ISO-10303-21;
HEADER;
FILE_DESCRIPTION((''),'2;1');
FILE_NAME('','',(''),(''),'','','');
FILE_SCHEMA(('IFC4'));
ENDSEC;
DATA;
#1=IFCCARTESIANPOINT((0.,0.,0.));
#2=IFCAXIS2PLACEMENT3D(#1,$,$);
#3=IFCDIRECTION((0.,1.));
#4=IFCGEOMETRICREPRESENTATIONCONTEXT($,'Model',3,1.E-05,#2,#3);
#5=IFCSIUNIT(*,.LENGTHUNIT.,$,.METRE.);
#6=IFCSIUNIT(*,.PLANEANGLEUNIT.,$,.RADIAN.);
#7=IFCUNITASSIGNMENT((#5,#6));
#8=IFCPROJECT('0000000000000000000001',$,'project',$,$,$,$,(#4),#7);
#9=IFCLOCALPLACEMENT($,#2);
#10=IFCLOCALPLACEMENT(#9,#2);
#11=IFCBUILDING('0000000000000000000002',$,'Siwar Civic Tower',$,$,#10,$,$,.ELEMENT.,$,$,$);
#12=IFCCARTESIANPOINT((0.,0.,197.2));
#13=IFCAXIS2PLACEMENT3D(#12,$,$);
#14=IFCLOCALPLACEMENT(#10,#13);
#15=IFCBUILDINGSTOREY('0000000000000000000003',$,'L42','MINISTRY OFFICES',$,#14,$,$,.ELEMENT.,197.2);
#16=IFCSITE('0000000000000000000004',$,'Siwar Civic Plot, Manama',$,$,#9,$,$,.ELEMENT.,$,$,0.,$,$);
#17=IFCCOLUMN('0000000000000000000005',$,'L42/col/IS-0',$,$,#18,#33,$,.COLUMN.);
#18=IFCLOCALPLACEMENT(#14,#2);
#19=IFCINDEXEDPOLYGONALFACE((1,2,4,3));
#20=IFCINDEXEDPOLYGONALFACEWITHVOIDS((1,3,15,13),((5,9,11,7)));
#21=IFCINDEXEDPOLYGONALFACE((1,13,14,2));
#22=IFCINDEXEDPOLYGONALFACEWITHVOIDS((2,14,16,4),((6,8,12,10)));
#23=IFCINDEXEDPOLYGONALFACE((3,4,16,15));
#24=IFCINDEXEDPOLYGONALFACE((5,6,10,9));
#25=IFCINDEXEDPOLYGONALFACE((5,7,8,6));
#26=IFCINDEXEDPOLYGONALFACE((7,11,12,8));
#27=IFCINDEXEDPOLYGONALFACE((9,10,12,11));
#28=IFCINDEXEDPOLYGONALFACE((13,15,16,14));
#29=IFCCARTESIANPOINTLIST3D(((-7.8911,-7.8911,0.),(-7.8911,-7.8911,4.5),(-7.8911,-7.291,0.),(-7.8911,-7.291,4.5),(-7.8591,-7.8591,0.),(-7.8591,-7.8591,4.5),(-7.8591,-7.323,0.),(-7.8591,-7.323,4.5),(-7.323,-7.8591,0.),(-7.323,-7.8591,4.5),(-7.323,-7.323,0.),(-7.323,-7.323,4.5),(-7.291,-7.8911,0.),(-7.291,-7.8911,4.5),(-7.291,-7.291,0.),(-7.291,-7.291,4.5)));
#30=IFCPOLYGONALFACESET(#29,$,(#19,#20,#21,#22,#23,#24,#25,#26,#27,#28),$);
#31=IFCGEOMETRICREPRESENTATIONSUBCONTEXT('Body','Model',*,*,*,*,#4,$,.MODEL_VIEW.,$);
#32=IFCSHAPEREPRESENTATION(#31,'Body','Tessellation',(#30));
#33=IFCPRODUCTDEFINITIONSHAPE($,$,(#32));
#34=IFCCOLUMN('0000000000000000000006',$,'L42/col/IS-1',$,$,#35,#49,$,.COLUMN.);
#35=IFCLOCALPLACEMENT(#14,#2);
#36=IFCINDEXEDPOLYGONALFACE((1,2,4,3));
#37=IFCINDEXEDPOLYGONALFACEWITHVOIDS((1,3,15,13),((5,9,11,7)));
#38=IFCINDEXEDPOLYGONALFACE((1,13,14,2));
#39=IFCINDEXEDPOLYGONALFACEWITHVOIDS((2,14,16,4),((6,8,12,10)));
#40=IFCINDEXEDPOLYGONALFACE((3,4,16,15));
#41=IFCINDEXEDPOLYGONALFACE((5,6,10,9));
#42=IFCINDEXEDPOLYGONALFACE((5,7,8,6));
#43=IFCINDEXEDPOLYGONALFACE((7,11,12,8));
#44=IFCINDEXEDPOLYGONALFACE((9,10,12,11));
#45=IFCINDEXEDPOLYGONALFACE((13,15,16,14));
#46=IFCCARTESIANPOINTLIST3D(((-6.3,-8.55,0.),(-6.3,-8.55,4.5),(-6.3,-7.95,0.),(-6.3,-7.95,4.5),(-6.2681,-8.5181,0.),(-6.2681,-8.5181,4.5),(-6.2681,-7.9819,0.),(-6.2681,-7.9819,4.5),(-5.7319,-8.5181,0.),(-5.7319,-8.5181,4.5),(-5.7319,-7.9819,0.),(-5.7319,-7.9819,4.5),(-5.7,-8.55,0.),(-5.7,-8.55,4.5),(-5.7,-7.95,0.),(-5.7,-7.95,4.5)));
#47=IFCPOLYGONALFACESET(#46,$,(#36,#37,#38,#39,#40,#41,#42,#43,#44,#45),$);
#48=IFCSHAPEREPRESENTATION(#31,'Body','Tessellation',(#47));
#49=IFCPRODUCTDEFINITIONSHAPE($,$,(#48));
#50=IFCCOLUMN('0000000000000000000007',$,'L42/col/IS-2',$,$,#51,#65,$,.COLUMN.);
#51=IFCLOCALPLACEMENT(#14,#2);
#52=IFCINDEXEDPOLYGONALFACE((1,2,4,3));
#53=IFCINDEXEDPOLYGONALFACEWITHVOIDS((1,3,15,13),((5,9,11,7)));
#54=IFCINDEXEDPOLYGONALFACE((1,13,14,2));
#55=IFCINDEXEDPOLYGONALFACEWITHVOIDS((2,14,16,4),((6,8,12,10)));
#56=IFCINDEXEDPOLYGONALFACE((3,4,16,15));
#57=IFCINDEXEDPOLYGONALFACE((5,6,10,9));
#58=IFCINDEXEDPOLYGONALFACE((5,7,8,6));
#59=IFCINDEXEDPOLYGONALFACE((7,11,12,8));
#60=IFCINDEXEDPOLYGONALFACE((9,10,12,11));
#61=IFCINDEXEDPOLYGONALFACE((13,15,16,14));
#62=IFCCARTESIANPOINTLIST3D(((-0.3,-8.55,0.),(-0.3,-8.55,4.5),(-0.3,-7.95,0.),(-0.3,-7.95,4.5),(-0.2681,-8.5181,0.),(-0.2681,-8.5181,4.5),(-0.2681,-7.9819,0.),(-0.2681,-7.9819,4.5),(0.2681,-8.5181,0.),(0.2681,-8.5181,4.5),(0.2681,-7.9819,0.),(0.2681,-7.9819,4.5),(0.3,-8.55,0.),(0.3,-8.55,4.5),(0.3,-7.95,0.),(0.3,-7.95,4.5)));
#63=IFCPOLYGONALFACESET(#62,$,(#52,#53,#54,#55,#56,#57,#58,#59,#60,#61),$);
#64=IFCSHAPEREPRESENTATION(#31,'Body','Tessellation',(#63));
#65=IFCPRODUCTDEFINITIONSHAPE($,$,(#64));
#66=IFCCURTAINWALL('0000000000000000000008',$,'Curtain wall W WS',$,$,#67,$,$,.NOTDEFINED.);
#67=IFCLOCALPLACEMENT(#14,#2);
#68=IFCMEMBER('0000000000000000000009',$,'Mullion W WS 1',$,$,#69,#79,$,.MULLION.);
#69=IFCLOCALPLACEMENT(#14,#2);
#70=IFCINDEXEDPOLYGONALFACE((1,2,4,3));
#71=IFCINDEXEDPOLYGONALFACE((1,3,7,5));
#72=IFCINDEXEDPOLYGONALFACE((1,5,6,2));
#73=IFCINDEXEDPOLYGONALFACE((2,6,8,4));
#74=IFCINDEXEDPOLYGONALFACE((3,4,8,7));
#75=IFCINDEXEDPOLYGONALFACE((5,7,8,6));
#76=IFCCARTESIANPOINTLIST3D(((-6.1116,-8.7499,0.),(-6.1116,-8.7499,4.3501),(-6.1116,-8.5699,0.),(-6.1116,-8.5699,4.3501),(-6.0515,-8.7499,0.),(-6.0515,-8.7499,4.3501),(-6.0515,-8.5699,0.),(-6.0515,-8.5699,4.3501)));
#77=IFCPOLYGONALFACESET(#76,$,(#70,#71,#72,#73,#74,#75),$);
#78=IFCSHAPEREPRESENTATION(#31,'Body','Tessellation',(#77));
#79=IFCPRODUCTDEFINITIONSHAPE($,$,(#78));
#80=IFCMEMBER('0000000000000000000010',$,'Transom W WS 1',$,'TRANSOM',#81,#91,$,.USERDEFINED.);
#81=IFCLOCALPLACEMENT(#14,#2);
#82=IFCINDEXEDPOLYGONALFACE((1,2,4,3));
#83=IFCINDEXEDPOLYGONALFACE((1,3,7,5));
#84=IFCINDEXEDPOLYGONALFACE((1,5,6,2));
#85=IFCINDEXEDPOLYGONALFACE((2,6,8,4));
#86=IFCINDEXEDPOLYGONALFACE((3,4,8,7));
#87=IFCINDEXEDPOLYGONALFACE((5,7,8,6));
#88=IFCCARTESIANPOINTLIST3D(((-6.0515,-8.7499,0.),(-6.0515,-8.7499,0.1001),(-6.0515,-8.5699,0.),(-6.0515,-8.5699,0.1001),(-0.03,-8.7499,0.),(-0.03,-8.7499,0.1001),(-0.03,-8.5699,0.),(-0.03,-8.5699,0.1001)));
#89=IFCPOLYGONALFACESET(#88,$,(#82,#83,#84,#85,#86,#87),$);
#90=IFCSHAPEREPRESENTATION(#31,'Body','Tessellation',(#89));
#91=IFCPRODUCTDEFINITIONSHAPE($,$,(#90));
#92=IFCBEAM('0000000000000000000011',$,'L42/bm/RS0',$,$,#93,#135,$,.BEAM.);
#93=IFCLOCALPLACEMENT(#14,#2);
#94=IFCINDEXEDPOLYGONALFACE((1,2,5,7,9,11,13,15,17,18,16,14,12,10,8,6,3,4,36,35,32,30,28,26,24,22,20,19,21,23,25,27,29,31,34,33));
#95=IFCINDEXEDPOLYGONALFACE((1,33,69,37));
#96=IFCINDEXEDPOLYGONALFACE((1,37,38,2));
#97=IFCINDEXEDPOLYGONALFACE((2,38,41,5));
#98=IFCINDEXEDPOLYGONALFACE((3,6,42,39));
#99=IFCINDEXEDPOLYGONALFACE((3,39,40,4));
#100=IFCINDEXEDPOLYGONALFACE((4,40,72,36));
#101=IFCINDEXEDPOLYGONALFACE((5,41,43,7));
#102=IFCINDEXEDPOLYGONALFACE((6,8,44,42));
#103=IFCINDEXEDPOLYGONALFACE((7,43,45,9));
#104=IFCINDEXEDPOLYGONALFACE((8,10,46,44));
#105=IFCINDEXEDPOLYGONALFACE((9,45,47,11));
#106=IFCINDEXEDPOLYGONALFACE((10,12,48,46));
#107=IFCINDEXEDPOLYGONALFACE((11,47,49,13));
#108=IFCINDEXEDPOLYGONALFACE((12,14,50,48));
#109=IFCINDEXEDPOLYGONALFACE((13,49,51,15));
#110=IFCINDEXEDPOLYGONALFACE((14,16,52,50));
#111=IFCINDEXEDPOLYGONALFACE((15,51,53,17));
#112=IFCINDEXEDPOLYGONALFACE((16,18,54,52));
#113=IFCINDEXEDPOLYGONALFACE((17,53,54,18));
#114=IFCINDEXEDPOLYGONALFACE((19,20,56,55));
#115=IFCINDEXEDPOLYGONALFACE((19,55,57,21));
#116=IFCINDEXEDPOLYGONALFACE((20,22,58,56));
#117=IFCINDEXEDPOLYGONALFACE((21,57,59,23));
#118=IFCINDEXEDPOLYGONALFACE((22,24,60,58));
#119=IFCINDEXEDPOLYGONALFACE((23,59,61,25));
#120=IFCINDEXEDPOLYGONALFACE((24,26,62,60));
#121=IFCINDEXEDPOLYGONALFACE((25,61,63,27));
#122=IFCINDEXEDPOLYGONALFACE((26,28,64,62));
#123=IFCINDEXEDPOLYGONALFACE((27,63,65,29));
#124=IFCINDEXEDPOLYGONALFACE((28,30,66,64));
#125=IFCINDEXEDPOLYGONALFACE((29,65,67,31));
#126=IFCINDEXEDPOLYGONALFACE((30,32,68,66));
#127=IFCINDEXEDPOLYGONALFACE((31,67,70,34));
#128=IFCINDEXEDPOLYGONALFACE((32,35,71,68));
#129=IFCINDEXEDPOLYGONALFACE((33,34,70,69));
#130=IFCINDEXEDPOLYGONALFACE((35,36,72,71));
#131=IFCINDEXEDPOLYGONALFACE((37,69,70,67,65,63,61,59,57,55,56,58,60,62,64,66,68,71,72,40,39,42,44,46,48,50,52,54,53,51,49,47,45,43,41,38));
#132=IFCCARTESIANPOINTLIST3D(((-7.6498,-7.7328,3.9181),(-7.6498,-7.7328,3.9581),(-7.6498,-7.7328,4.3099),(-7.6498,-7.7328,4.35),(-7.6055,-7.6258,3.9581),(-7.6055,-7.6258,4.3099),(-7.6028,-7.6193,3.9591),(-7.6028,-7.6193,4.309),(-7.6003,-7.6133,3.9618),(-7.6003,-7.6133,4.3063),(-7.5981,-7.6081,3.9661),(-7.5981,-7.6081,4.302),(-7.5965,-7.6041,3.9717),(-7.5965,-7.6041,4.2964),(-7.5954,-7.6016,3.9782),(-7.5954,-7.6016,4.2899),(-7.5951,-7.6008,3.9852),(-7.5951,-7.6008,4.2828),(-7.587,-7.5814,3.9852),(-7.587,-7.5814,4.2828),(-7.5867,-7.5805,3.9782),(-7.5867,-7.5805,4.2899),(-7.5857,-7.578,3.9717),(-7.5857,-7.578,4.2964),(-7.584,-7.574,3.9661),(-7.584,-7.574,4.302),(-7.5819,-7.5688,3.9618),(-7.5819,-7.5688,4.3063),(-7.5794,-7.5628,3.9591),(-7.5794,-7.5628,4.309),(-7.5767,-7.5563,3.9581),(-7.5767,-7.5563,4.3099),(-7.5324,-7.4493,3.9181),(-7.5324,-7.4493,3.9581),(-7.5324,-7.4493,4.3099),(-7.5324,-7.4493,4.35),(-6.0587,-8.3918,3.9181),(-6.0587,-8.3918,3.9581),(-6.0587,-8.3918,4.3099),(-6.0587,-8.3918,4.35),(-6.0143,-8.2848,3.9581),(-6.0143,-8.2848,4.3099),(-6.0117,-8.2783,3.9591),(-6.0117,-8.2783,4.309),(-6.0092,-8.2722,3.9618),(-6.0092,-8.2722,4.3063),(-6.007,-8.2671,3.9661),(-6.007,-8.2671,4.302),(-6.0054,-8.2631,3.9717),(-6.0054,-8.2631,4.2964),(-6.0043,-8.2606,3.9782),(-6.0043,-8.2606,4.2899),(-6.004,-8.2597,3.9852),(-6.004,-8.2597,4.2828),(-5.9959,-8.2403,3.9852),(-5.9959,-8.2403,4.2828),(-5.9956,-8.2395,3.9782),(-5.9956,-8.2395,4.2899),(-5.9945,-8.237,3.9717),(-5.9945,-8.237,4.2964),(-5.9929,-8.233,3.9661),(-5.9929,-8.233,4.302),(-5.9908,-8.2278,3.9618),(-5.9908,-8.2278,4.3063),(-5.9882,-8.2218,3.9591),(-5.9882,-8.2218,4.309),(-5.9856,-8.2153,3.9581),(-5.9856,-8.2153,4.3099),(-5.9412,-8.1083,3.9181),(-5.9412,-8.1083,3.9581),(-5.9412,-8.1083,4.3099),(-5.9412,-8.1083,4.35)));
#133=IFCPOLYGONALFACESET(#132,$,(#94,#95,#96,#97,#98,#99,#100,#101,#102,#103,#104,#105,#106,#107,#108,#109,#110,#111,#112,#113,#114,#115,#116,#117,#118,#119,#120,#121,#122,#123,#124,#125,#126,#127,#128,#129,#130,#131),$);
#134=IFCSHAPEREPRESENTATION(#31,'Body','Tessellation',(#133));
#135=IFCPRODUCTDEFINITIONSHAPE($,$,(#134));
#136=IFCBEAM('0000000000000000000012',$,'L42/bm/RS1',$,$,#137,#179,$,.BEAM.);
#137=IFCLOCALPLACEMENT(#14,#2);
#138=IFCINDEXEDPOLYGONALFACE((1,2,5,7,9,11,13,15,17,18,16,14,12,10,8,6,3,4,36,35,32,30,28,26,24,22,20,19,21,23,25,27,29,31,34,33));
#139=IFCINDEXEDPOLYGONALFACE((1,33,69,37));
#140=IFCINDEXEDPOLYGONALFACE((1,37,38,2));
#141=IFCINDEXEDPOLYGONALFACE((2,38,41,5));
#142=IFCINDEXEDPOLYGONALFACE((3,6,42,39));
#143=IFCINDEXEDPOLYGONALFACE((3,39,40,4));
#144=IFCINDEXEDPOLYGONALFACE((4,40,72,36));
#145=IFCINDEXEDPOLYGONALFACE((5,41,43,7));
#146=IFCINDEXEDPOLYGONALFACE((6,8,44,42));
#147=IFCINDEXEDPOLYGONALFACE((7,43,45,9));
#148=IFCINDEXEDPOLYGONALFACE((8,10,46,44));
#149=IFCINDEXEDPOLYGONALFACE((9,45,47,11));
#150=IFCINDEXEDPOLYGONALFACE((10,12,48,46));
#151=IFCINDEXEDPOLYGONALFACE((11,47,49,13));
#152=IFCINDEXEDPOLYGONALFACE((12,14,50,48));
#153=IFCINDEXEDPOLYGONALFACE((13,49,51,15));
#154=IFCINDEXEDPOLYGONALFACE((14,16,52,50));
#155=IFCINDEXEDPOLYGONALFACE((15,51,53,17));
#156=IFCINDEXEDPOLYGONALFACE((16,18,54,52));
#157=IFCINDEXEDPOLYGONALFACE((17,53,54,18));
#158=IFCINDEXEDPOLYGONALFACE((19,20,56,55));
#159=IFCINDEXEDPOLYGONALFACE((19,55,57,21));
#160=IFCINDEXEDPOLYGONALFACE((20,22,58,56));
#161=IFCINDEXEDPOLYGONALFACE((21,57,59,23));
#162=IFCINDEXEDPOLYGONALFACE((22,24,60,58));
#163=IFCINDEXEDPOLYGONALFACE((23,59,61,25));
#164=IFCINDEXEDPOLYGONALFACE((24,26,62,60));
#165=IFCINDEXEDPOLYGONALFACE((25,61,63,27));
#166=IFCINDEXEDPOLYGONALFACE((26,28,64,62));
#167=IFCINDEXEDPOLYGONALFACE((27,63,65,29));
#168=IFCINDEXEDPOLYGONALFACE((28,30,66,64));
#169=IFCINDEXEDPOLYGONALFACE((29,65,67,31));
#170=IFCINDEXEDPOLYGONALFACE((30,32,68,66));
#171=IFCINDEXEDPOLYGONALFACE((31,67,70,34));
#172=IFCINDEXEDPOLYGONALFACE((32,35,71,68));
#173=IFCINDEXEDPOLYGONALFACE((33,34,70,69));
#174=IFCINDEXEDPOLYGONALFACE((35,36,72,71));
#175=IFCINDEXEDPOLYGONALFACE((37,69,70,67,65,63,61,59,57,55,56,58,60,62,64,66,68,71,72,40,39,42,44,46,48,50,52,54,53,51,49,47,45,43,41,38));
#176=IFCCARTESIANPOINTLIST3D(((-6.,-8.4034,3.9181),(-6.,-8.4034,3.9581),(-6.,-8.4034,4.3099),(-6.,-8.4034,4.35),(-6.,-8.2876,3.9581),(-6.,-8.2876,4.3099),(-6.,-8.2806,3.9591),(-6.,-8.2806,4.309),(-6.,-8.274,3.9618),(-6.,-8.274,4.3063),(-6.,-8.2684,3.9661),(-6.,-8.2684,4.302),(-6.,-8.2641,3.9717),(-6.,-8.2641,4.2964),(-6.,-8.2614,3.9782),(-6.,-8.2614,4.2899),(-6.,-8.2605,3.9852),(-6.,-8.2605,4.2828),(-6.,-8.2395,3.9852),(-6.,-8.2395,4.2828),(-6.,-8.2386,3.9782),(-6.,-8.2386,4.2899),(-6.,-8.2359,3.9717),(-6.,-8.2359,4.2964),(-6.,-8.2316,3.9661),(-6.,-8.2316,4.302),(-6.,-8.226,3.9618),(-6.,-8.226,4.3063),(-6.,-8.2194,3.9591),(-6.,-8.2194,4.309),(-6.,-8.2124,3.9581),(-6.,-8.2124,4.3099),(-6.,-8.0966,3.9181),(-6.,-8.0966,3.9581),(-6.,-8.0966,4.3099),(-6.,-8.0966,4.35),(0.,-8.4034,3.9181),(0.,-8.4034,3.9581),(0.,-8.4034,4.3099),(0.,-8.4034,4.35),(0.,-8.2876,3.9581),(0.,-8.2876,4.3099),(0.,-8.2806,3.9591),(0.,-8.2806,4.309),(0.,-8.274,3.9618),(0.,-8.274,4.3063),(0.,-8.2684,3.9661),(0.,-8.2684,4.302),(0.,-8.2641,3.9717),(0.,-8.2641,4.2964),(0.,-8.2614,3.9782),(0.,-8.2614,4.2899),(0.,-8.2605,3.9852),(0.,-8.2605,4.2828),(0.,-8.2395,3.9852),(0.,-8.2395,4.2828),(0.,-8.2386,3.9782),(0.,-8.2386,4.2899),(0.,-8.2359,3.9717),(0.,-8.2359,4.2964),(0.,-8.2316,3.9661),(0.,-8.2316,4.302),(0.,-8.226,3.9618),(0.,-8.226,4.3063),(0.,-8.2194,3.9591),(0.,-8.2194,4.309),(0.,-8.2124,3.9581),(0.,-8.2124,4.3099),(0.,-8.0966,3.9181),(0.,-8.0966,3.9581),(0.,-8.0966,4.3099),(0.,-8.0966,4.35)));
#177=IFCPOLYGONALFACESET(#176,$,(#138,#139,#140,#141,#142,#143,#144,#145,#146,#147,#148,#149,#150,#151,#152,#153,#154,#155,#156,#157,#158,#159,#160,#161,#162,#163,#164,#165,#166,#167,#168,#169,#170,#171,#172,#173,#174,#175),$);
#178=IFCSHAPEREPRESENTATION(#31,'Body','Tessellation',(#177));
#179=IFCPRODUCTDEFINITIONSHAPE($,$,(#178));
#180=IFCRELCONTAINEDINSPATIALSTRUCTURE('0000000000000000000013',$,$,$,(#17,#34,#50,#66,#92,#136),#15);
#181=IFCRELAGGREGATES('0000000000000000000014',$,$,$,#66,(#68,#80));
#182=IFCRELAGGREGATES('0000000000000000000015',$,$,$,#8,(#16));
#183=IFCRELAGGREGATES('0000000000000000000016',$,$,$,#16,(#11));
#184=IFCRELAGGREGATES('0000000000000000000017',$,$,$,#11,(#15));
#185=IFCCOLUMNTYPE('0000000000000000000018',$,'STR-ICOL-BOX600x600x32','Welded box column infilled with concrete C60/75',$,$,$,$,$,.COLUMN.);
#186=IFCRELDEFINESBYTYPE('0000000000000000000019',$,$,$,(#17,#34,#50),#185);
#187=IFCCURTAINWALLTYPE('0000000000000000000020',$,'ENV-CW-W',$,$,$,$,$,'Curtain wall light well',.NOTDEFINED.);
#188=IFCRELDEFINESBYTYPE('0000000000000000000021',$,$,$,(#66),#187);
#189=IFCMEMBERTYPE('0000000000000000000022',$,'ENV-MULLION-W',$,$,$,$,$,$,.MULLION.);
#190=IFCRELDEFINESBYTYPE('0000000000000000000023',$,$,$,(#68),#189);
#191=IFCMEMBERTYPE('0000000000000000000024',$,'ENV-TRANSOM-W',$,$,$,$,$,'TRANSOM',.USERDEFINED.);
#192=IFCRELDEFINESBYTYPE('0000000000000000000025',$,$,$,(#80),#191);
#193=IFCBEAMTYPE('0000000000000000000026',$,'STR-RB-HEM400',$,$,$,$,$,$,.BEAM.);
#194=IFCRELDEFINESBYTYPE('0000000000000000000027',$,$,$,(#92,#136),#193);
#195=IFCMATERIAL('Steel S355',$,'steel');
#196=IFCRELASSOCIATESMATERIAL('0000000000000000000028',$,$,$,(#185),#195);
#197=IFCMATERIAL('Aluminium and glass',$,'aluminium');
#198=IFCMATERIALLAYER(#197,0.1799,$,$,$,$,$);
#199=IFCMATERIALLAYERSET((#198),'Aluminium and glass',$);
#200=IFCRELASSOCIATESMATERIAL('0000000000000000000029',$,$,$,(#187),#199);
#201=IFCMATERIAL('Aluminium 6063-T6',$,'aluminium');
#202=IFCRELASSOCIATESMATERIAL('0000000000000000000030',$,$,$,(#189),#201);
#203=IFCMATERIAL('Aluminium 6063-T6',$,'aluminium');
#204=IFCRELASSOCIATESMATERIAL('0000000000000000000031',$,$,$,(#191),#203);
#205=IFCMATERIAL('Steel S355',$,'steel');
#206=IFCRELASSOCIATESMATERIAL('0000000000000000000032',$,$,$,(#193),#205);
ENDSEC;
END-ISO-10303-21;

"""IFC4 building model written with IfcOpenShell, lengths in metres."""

from ifc_helpers import new_model, si_unit, direction, frame, origin, origin_2d, place, context, subcontext, project, spatial, rectangle, hollow_rectangle, i_section, extrude, material, layer, layer_set, material_profile, profile_set, type_object, element, aggregate, save


model = new_model("IFC4")

# Units and contexts
model_context = context("Model", 3, precision=1e-05, world=origin(), true_north=direction((0.0, 1.0)))
body_context = subcontext(model_context, "Body", "Model", "MODEL_VIEW")
ifc_project = project(units=[si_unit("LENGTHUNIT", "METRE"), si_unit("PLANEANGLEUNIT", "RADIAN")], contexts=[model_context])

# Site, building, storey
site_placement = place(None, origin())
site = spatial("IfcSite", under=ifc_project, at=site_placement, Name="Siwar Civic Plot, Manama", CompositionType="ELEMENT", RefElevation=0.0)
building_placement = place(site_placement, origin())
building = spatial("IfcBuilding", under=site, at=building_placement, Name="Siwar Civic Tower", CompositionType="ELEMENT")
storey_placement = place(building_placement, frame((0.0, 0.0, 197.2)))
storey = spatial("IfcBuildingStorey", under=building, at=storey_placement, Name="L42", Description="MINISTRY OFFICES", CompositionType="ELEMENT", Elevation=197.2)

# Columns
ifc_material_1 = material(Name="Steel S355", Category="steel")
ifc_material_profile_1 = material_profile(ifc_material_1, hollow_rectangle(XDim=0.6001, YDim=0.6001, WallThickness=0.032, at=origin_2d()), Name="BOX600x600x32")
ifc_profile_set_1 = profile_set([ifc_material_profile_1], Name="Steel S355")
column_type = type_object("IfcColumnType", Name="STR-ICOL-BOX600x600x32", Description="Welded box column infilled with concrete C60/75", PredefinedType="COLUMN", material=ifc_profile_set_1)
for number, where, z_axis, x_axis, name in (
    (1, (-7.5911, -7.5911, 0.0), (0.0, 0.0, 1.0), (1.0, 0.0, 0.0), "L42/col/IS-0"),
    (2, (-6.0, -8.25, 0.0), (0.0, 0.0, 1.0), (1.0, 0.0, 0.0), "L42/col/IS-1"),
    (3, (0.0, -8.25, 0.0), (0.0, 0.0, 1.0), (1.0, 0.0, 0.0), "L42/col/IS-2"),
):
    element("IfcColumn", number, at=place(storey_placement, frame(where, z_axis=z_axis, x_axis=x_axis)), inside=storey, type_object=column_type, Name=name, PredefinedType="COLUMN", context=body_context, shape_type="SweptSolid", body=[
        extrude(hollow_rectangle(XDim=0.6001, YDim=0.6001, WallThickness=0.032, at=origin_2d()), origin(), (0.0, 0.0, 1.0), 4.5),
    ])

# Curtain wall, members
ifc_material_2 = material(Name="Aluminium and glass", Category="aluminium")
ifc_layer_1 = layer(ifc_material_2, 0.1799)
ifc_layer_set_1 = layer_set([ifc_layer_1], Name="Aluminium and glass")
curtain_wall_type = type_object("IfcCurtainWallType", Name="ENV-CW-W", ElementType="Curtain wall light well", PredefinedType="NOTDEFINED", material=ifc_layer_set_1)
curtain_wall_placement = place(storey_placement, origin())
curtain_wall = element("IfcCurtainWall", 4, at=curtain_wall_placement, inside=storey, type_object=curtain_wall_type, Name="Curtain wall W WS", PredefinedType="NOTDEFINED")
ifc_material_3 = material(Name="Aluminium 6063-T6", Category="aluminium")
ifc_material_profile_2 = material_profile(ifc_material_3, rectangle(XDim=0.1799, YDim=0.0601, at=origin_2d()), Name="AL 180x60")
ifc_profile_set_2 = profile_set([ifc_material_profile_2], Name="Aluminium 6063-T6")
member_type_1 = type_object("IfcMemberType", Name="ENV-MULLION-W", PredefinedType="MULLION", material=ifc_profile_set_2)
member_1_placement = place(storey_placement, frame((-6.0815, -8.6599, 0.0), z_axis=(0.0, 0.0, 1.0), x_axis=(0.0, 1.0, 0.0)))
member_1 = element("IfcMember", 5, at=member_1_placement, type_object=member_type_1, Name="Mullion W WS 1", PredefinedType="MULLION", context=body_context, shape_type="SweptSolid", body=[
    extrude(rectangle(XDim=0.1799, YDim=0.0601, at=origin_2d()), origin(), (0.0, 0.0, 1.0), 4.3501),
])
ifc_material_4 = material(Name="Aluminium 6063-T6", Category="aluminium")
ifc_material_profile_3 = material_profile(ifc_material_4, rectangle(XDim=0.1799, YDim=0.1001, at=origin_2d()), Name="AL 180x100")
ifc_profile_set_3 = profile_set([ifc_material_profile_3], Name="Aluminium 6063-T6")
member_type_2 = type_object("IfcMemberType", Name="ENV-TRANSOM-W", ElementType="TRANSOM", PredefinedType="USERDEFINED", material=ifc_profile_set_3)
member_2_placement = place(storey_placement, frame((-6.0515, -8.6599, 0.05), z_axis=(1.0, 0.0, 0.0), x_axis=(0.0, 1.0, 0.0)))
member_2 = element("IfcMember", 6, at=member_2_placement, type_object=member_type_2, Name="Transom W WS 1", ObjectType="TRANSOM", PredefinedType="USERDEFINED", context=body_context, shape_type="SweptSolid", body=[
    extrude(rectangle(XDim=0.1799, YDim=0.1001, at=origin_2d()), origin(), (0.0, 0.0, 1.0), 6.0215),
])

# Beams
ifc_material_5 = material(Name="Steel S355", Category="steel")
ifc_material_profile_4 = material_profile(ifc_material_5, i_section(OverallWidth=0.3069, OverallDepth=0.4319, WebThickness=0.021, FlangeThickness=0.04, FilletRadius=0.0271, at=origin_2d()), Name="HEM400")
ifc_profile_set_4 = profile_set([ifc_material_profile_4], Name="Steel S355")
beam_type = type_object("IfcBeamType", Name="STR-RB-HEM400", PredefinedType="BEAM", material=ifc_profile_set_4)
beam_1_placement = place(storey_placement, frame((-7.5911, -7.5911, 4.134), z_axis=(0.923901, -0.382631, 0.0), x_axis=(0.382631, 0.923901, 0.0)))
element("IfcBeam", 7, at=beam_1_placement, inside=storey, type_object=beam_type, Name="L42/bm/RS0", PredefinedType="BEAM", context=body_context, shape_type="SweptSolid", body=[
    extrude(i_section(OverallWidth=0.3069, OverallDepth=0.4319, WebThickness=0.021, FlangeThickness=0.04, FilletRadius=0.0271, at=origin_2d()), origin(), (0.0, 0.0, 1.0), 1.7222),
])
beam_2_placement = place(storey_placement, frame((-6.0, -8.25, 4.134), z_axis=(1.0, 0.0, 0.0), x_axis=(0.0, 1.0, 0.0)))
element("IfcBeam", 8, at=beam_2_placement, inside=storey, type_object=beam_type, Name="L42/bm/RS1", PredefinedType="BEAM", context=body_context, shape_type="SweptSolid", body=[
    extrude(i_section(OverallWidth=0.3069, OverallDepth=0.4319, WebThickness=0.021, FlangeThickness=0.04, FilletRadius=0.0271, at=origin_2d()), origin(), (0.0, 0.0, 1.0), 6.0),
])

aggregate(curtain_wall, [member_1, member_2])

save(model, "model.ifc")
